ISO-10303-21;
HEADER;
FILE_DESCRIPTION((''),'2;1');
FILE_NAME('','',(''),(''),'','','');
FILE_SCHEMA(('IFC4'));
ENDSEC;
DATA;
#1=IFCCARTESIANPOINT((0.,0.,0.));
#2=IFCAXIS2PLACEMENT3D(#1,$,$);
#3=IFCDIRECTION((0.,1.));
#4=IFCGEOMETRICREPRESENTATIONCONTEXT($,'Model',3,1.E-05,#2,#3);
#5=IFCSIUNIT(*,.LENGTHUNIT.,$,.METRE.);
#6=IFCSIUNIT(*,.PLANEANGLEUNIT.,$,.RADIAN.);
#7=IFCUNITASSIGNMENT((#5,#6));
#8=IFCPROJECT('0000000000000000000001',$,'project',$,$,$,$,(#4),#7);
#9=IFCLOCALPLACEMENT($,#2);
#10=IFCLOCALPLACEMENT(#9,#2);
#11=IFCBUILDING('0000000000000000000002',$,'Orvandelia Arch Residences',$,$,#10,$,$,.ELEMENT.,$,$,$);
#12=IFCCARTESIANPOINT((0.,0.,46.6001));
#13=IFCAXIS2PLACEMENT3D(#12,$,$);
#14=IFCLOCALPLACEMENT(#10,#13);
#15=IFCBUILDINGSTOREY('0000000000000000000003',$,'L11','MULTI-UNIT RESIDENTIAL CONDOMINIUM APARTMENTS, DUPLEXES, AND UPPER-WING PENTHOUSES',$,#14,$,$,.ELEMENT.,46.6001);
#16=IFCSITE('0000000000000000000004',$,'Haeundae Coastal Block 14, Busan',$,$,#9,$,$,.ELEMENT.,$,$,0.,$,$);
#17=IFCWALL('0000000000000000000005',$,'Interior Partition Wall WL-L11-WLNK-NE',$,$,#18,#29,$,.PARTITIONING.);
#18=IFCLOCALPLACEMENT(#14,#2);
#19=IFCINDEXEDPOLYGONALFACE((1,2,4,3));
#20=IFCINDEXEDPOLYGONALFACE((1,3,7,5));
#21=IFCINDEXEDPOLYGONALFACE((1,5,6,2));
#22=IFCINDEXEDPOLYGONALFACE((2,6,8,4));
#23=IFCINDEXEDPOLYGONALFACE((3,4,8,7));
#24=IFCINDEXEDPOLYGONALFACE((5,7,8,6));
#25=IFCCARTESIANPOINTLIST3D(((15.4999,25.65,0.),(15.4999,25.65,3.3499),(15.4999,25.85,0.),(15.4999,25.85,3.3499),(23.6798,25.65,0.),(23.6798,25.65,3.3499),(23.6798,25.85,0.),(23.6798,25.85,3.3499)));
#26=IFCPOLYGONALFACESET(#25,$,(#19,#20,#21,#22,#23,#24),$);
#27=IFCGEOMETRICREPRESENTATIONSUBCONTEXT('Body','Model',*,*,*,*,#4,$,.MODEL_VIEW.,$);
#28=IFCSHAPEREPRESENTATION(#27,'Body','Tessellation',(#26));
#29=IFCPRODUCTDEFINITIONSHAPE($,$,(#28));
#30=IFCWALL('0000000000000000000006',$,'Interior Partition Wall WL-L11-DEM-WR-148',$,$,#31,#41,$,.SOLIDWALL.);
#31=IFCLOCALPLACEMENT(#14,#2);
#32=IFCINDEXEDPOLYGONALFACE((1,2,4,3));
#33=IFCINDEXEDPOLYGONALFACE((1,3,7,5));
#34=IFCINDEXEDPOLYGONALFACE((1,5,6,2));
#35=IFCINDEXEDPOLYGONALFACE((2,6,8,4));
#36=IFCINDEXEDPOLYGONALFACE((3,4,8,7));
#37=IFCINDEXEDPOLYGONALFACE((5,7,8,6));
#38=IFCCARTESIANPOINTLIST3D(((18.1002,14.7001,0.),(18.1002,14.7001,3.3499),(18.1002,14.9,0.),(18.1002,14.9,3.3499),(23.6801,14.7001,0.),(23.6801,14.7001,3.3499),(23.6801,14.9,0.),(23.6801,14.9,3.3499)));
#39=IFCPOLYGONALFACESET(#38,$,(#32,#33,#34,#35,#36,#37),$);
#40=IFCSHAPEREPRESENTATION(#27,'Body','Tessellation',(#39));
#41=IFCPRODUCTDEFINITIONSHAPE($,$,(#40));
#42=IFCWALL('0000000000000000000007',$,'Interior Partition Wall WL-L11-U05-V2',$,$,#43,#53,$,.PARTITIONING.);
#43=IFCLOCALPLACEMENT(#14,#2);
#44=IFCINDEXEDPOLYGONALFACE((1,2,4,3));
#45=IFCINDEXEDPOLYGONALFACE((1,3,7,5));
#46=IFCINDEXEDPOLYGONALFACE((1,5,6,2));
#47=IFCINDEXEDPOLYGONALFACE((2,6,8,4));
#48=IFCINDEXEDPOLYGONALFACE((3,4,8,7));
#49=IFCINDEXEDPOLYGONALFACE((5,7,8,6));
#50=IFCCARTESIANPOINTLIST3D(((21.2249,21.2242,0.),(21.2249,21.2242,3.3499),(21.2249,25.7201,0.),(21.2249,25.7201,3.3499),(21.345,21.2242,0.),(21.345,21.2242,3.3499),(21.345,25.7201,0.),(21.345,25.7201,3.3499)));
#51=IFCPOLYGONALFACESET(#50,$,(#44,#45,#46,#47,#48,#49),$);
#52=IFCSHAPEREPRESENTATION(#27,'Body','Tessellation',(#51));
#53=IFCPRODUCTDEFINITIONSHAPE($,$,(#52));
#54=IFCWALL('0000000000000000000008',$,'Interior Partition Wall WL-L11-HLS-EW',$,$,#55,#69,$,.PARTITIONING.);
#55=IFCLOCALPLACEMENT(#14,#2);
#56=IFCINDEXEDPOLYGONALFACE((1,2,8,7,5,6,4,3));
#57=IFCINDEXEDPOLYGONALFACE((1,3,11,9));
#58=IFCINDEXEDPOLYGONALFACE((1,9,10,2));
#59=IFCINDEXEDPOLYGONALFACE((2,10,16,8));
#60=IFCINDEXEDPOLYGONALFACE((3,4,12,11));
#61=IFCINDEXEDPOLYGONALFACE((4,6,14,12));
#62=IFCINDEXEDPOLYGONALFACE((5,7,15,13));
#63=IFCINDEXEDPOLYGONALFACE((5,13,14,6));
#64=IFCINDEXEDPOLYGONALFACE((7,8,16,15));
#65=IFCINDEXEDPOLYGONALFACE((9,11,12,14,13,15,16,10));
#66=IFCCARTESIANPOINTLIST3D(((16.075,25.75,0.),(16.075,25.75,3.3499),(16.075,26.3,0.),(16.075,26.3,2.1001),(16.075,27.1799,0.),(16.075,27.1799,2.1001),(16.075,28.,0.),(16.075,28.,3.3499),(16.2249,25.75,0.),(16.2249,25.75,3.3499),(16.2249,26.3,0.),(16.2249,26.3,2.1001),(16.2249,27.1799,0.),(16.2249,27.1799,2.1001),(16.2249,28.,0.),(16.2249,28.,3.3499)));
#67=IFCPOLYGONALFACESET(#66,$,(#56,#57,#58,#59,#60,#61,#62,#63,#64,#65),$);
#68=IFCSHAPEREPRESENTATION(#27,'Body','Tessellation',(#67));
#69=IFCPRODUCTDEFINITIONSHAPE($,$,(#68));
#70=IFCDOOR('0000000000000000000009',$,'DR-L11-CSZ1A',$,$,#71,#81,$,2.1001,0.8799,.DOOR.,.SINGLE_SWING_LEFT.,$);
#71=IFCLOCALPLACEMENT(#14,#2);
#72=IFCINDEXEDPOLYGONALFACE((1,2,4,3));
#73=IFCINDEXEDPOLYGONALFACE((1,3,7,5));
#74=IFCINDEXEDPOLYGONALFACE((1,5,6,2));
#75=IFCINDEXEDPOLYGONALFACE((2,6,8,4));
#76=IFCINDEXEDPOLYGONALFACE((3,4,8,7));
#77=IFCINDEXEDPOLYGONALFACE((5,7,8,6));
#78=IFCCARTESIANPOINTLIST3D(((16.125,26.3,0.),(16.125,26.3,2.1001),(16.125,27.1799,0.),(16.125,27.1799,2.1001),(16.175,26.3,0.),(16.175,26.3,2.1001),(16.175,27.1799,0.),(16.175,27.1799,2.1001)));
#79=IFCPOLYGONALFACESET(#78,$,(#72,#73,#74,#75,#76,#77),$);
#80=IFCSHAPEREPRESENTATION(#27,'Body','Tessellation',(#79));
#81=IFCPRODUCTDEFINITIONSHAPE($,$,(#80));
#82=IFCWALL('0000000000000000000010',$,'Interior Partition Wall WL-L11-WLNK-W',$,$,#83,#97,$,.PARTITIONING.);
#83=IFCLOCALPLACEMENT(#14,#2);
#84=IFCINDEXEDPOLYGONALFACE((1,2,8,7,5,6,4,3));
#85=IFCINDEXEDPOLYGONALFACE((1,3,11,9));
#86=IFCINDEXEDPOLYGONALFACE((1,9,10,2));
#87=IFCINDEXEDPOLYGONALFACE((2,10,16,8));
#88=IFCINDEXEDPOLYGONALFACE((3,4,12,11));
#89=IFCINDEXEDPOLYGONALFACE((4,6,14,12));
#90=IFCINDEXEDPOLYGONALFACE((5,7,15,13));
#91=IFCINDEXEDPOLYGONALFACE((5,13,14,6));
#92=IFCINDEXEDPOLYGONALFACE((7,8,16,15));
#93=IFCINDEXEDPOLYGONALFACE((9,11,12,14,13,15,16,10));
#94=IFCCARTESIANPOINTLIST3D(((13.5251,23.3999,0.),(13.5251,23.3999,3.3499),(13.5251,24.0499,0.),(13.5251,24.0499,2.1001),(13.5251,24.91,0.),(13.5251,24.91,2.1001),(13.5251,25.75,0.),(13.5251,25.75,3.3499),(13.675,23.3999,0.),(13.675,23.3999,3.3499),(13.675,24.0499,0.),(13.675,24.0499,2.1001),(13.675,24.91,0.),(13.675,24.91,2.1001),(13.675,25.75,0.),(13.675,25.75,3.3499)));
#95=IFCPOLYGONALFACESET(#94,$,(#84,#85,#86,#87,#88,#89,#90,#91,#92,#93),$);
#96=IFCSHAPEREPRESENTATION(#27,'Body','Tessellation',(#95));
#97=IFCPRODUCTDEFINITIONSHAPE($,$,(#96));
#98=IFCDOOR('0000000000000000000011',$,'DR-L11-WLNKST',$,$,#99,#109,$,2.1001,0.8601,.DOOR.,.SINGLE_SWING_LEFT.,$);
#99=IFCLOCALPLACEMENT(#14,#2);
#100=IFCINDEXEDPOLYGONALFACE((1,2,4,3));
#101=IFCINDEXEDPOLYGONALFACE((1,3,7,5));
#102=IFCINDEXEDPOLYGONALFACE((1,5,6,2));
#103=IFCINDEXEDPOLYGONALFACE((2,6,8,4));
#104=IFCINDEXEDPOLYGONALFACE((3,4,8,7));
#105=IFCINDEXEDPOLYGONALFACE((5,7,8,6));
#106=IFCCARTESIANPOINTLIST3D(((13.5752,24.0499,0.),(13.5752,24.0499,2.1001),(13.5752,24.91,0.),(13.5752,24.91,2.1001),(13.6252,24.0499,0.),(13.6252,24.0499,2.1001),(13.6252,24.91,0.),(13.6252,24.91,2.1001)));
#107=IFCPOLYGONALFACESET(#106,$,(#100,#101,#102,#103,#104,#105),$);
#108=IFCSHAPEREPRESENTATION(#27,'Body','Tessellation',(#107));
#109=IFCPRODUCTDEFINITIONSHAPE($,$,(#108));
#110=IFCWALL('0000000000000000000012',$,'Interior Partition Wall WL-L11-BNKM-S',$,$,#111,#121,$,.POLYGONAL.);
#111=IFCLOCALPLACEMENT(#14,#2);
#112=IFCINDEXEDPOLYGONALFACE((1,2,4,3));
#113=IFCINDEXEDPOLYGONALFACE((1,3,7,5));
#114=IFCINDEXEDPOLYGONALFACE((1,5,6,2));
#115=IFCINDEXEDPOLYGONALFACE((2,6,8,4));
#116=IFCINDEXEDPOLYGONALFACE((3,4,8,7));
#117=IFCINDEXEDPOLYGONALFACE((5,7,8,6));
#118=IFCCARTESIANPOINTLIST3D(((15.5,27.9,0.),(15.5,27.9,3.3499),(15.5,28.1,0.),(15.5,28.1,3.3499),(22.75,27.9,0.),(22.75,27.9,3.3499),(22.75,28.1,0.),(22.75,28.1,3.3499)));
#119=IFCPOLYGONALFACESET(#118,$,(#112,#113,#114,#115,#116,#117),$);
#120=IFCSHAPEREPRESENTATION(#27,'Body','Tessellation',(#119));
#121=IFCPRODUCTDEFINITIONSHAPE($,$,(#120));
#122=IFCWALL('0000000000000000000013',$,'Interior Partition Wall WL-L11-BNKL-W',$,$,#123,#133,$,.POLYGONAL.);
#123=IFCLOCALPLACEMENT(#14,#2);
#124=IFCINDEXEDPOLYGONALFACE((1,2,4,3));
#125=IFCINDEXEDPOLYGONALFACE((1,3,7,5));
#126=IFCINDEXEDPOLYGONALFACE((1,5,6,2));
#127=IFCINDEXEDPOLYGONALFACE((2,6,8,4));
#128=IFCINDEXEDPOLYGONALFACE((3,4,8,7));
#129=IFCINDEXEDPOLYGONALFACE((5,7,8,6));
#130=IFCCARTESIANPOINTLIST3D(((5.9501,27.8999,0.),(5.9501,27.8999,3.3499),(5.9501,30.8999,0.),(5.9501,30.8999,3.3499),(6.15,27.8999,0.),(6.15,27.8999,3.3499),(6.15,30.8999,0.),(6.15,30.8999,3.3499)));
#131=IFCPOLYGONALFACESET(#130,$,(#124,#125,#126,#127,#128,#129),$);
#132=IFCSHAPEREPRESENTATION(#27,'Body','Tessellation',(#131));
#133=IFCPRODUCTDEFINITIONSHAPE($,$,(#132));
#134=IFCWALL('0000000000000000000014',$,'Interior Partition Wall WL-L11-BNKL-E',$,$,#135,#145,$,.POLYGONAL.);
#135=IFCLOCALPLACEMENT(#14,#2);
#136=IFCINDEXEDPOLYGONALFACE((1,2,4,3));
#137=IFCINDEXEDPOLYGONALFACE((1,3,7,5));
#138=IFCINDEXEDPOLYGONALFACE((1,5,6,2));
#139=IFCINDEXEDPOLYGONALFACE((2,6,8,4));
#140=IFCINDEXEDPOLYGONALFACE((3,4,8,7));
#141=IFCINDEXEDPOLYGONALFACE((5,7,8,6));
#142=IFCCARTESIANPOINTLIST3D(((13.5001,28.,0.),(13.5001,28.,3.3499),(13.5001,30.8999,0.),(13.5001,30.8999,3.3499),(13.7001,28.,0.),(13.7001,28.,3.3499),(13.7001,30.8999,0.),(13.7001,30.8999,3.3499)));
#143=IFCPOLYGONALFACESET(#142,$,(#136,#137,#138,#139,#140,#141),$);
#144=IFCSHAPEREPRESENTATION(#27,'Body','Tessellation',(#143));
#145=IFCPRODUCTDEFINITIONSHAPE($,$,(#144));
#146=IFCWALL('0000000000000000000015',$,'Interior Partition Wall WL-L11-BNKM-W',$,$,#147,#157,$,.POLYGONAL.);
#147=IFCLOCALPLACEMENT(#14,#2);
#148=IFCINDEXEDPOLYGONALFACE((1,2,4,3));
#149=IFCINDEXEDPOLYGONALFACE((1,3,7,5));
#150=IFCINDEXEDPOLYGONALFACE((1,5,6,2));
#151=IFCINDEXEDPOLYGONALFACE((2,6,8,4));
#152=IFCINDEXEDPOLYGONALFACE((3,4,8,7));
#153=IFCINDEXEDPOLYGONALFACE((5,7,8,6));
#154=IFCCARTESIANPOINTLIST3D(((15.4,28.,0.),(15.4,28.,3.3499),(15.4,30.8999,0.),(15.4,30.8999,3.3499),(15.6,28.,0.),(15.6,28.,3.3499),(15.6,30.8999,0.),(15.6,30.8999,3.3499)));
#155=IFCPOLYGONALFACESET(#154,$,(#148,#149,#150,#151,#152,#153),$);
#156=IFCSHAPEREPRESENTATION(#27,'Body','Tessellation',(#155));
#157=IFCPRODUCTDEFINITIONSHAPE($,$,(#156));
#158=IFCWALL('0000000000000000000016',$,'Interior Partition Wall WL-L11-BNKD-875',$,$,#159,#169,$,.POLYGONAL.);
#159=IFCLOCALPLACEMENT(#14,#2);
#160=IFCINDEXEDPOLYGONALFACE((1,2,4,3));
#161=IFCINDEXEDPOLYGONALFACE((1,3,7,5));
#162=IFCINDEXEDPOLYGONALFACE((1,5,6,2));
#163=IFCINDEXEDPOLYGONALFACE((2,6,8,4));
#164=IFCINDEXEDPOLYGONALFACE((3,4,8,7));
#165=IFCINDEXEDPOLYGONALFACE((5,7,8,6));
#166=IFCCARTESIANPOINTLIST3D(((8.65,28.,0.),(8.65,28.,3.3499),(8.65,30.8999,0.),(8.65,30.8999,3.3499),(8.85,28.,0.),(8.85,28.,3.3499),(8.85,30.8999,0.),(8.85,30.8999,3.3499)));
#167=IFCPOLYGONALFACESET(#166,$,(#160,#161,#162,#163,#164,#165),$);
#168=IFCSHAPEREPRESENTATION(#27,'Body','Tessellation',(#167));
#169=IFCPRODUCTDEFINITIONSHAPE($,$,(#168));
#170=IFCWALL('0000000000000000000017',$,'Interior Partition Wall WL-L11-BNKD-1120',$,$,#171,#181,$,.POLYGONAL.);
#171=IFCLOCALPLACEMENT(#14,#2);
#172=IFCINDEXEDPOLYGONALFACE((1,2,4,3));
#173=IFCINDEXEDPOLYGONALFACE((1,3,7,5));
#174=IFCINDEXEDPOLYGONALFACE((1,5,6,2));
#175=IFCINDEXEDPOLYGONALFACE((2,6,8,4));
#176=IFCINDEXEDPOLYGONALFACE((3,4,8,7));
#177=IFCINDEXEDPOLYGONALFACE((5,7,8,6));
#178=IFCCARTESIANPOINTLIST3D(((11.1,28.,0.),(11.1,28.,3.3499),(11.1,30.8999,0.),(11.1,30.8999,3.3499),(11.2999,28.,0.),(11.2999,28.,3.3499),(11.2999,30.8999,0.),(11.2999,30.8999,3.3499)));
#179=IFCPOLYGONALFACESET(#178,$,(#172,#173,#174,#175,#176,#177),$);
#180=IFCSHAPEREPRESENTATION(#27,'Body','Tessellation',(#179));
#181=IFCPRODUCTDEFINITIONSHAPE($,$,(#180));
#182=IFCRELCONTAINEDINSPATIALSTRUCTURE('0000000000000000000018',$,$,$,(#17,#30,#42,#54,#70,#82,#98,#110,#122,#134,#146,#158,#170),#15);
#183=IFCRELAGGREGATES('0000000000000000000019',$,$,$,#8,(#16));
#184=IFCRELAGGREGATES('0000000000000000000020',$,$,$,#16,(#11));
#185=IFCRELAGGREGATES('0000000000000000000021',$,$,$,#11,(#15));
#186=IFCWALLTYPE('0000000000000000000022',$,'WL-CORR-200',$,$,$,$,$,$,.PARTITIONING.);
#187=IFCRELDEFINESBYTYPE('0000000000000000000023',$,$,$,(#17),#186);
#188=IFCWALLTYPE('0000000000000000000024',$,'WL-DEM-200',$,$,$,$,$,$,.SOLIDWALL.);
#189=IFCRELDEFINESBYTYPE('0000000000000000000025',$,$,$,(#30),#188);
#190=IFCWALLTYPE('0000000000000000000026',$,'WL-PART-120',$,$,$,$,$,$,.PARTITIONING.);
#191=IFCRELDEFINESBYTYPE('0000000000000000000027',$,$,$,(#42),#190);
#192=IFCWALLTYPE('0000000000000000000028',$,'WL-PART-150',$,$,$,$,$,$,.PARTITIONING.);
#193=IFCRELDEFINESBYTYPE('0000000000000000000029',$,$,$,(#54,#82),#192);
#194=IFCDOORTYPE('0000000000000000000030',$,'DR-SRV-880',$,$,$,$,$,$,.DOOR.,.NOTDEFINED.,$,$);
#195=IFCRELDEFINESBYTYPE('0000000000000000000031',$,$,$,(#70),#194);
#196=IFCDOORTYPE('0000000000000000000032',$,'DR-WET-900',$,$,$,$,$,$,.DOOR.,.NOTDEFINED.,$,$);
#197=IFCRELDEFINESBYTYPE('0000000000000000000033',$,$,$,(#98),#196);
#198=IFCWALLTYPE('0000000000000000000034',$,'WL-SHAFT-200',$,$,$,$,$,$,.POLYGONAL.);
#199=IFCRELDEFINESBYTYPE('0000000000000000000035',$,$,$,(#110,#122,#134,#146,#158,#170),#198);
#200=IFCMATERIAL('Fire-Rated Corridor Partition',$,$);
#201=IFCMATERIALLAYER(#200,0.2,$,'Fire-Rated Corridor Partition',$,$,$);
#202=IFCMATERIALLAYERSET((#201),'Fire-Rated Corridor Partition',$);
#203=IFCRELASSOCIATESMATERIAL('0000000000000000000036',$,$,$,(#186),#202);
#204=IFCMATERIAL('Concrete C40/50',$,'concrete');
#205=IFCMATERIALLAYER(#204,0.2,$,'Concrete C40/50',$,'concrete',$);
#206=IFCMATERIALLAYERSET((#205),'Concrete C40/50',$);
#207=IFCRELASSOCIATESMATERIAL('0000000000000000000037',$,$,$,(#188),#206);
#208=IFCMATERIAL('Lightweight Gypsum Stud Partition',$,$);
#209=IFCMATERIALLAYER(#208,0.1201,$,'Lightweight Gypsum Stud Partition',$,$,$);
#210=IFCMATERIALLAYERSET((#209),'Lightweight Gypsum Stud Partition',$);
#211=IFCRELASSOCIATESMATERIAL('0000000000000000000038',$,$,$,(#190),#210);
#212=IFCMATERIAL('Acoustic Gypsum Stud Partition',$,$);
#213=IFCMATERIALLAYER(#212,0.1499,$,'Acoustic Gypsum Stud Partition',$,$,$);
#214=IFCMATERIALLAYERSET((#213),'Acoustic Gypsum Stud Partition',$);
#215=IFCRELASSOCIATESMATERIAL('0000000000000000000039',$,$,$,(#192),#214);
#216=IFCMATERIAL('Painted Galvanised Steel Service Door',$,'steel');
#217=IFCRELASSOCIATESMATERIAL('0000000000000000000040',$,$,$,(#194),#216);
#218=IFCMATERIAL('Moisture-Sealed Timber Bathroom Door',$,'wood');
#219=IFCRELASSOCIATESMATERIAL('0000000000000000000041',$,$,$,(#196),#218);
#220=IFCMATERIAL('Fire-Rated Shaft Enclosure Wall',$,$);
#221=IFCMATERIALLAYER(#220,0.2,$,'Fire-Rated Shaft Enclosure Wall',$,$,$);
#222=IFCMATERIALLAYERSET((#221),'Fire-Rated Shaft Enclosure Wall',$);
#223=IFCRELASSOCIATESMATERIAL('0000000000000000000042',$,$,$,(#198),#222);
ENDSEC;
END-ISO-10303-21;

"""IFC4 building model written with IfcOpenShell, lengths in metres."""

from ifc_helpers import new_model, si_unit, direction, frame, frame_2d, origin, place, context, subcontext, project, spatial, rectangle, extrude, material, layer, layer_set, type_object, element, fill, save


model = new_model("IFC4")

# Units and contexts
model_context = context("Model", 3, precision=1e-05, world=origin(), true_north=direction((0.0, 1.0)))
body_context = subcontext(model_context, "Body", "Model", "MODEL_VIEW")
ifc_project = project(units=[si_unit("LENGTHUNIT", "METRE"), si_unit("PLANEANGLEUNIT", "RADIAN")], contexts=[model_context])

# Site, building, storey
site_placement = place(None, origin())
site = spatial("IfcSite", under=ifc_project, at=site_placement, Name="Haeundae Coastal Block 14, Busan", CompositionType="ELEMENT", RefElevation=0.0)
building_placement = place(site_placement, origin())
building = spatial("IfcBuilding", under=site, at=building_placement, Name="Orvandelia Arch Residences", CompositionType="ELEMENT")
storey_placement = place(building_placement, frame((0.0, 0.0, 46.6001)))
storey = spatial("IfcBuildingStorey", under=building, at=storey_placement, Name="L11", Description="MULTI-UNIT RESIDENTIAL CONDOMINIUM APARTMENTS, DUPLEXES, AND UPPER-WING PENTHOUSES", CompositionType="ELEMENT", Elevation=46.6001)

# Walls
ifc_material_1 = material(Name="Fire-Rated Corridor Partition")
ifc_layer_1 = layer(ifc_material_1, 0.2, Name="Fire-Rated Corridor Partition")
ifc_layer_set_1 = layer_set([ifc_layer_1], Name="Fire-Rated Corridor Partition")
wall_type_1 = type_object("IfcWallType", Name="WL-CORR-200", PredefinedType="PARTITIONING", material=ifc_layer_set_1)
wall_1_placement = place(storey_placement, frame((15.5, 25.75, 0.0), z_axis=(0.0, 0.0, 1.0), x_axis=(1.0, 0.0, 0.0)))
element("IfcWall", 1, at=wall_1_placement, inside=storey, type_object=wall_type_1, Name="Interior Partition Wall WL-L11-WLNK-NE", PredefinedType="PARTITIONING", context=body_context, shape_type="SweptSolid", body=[
    extrude(rectangle(XDim=8.1799, YDim=0.2, at=frame_2d((4.0898, 0.0))), origin(), (0.0, 0.0, 1.0), 3.3499),
])
ifc_material_2 = material(Name="Concrete C40/50", Category="concrete")
ifc_layer_2 = layer(ifc_material_2, 0.2, Name="Concrete C40/50", Category="concrete")
ifc_layer_set_2 = layer_set([ifc_layer_2], Name="Concrete C40/50")
wall_type_2 = type_object("IfcWallType", Name="WL-DEM-200", PredefinedType="SOLIDWALL", material=ifc_layer_set_2)
wall_2_placement = place(storey_placement, frame((18.1001, 14.8, 0.0), z_axis=(0.0, 0.0, 1.0), x_axis=(1.0, 0.0, 0.0)))
element("IfcWall", 2, at=wall_2_placement, inside=storey, type_object=wall_type_2, Name="Interior Partition Wall WL-L11-DEM-WR-148", PredefinedType="SOLIDWALL", context=body_context, shape_type="SweptSolid", body=[
    extrude(rectangle(XDim=5.5798, YDim=0.2, at=frame_2d((2.79, 0.0))), origin(), (0.0, 0.0, 1.0), 3.3499),
])
ifc_material_3 = material(Name="Lightweight Gypsum Stud Partition")
ifc_layer_3 = layer(ifc_material_3, 0.1201, Name="Lightweight Gypsum Stud Partition")
ifc_layer_set_3 = layer_set([ifc_layer_3], Name="Lightweight Gypsum Stud Partition")
wall_type_3 = type_object("IfcWallType", Name="WL-PART-120", PredefinedType="PARTITIONING", material=ifc_layer_set_3)
wall_3_placement = place(storey_placement, frame((21.2849, 21.2241, 0.0), z_axis=(0.0, 0.0, 1.0), x_axis=(0.0, 1.0, 0.0)))
element("IfcWall", 3, at=wall_3_placement, inside=storey, type_object=wall_type_3, Name="Interior Partition Wall WL-L11-U05-V2", PredefinedType="PARTITIONING", context=body_context, shape_type="SweptSolid", body=[
    extrude(rectangle(XDim=4.4958, YDim=0.1201, at=frame_2d((2.248, 0.0))), origin(), (0.0, 0.0, 1.0), 3.3499),
])

# Walls, openings, doors
ifc_material_4 = material(Name="Acoustic Gypsum Stud Partition")
ifc_layer_4 = layer(ifc_material_4, 0.1499, Name="Acoustic Gypsum Stud Partition")
ifc_layer_set_4 = layer_set([ifc_layer_4], Name="Acoustic Gypsum Stud Partition")
wall_type_4 = type_object("IfcWallType", Name="WL-PART-150", PredefinedType="PARTITIONING", material=ifc_layer_set_4)
wall_4_placement = place(storey_placement, frame((16.1499, 25.75, 0.0), z_axis=(0.0, 0.0, 1.0), x_axis=(0.0, 1.0, 0.0)))
wall_4 = element("IfcWall", 4, at=wall_4_placement, inside=storey, type_object=wall_type_4, Name="Interior Partition Wall WL-L11-HLS-EW", PredefinedType="PARTITIONING", context=body_context, shape_type="SweptSolid", body=[
    extrude(rectangle(XDim=2.25, YDim=0.1499, at=frame_2d((1.125, 0.0))), origin(), (0.0, 0.0, 1.0), 3.3499),
])
opening_1_placement = place(wall_4_placement, frame((0.55, 0.0, 0.0)))
opening_1 = element("IfcOpeningElement", 5, at=opening_1_placement, cuts=wall_4, PredefinedType="OPENING", context=body_context, shape_type="SweptSolid", body=[
    extrude(rectangle(XDim=0.8799, YDim=2.1001, at=frame_2d((0.4399, 1.05))), frame((0.0, 0.085, 0.0), z_axis=(0.0, -1.0, 0.0), x_axis=(1.0, 0.0, 0.0)), (0.0, 0.0, 1.0), 0.1699),
])
ifc_material_5 = material(Name="Painted Galvanised Steel Service Door", Category="steel")
door_type_1 = type_object("IfcDoorType", Name="DR-SRV-880", OperationType="NOTDEFINED", PredefinedType="DOOR", material=ifc_material_5)
door_1_placement = place(opening_1_placement, origin())
door_1 = element("IfcDoor", 6, at=door_1_placement, inside=storey, type_object=door_type_1, Name="DR-L11-CSZ1A", OperationType="SINGLE_SWING_LEFT", OverallHeight=2.1001, OverallWidth=0.8799, PredefinedType="DOOR", context=body_context, shape_type="SweptSolid", body=[
    extrude(rectangle(XDim=0.8799, YDim=2.1001, at=frame_2d((0.4399, 1.05))), frame((0.0, 0.0249, 0.0), z_axis=(0.0, -1.0, 0.0), x_axis=(1.0, 0.0, 0.0)), (0.0, 0.0, 1.0), 0.05),
])
fill(opening_1, door_1)
wall_5_placement = place(storey_placement, frame((13.6001, 23.3999, 0.0), z_axis=(0.0, 0.0, 1.0), x_axis=(0.0, 1.0, 0.0)))
wall_5 = element("IfcWall", 7, at=wall_5_placement, inside=storey, type_object=wall_type_4, Name="Interior Partition Wall WL-L11-WLNK-W", PredefinedType="PARTITIONING", context=body_context, shape_type="SweptSolid", body=[
    extrude(rectangle(XDim=2.3501, YDim=0.1499, at=frame_2d((1.175, 0.0))), origin(), (0.0, 0.0, 1.0), 3.3499),
])
opening_2_placement = place(wall_5_placement, frame((0.6499, 0.0, 0.0)))
opening_2 = element("IfcOpeningElement", 8, at=opening_2_placement, cuts=wall_5, PredefinedType="OPENING", context=body_context, shape_type="SweptSolid", body=[
    extrude(rectangle(XDim=0.8601, YDim=2.1001, at=frame_2d((0.4302, 1.05))), frame((0.0, 0.085, 0.0), z_axis=(0.0, -1.0, 0.0), x_axis=(1.0, 0.0, 0.0)), (0.0, 0.0, 1.0), 0.1699),
])
ifc_material_6 = material(Name="Moisture-Sealed Timber Bathroom Door", Category="wood")
door_type_2 = type_object("IfcDoorType", Name="DR-WET-900", OperationType="NOTDEFINED", PredefinedType="DOOR", material=ifc_material_6)
door_2_placement = place(opening_2_placement, origin())
door_2 = element("IfcDoor", 9, at=door_2_placement, inside=storey, type_object=door_type_2, Name="DR-L11-WLNKST", OperationType="SINGLE_SWING_LEFT", OverallHeight=2.1001, OverallWidth=0.8601, PredefinedType="DOOR", context=body_context, shape_type="SweptSolid", body=[
    extrude(rectangle(XDim=0.8601, YDim=2.1001, at=frame_2d((0.4302, 1.05))), frame((0.0, 0.0249, 0.0), z_axis=(0.0, -1.0, 0.0), x_axis=(1.0, 0.0, 0.0)), (0.0, 0.0, 1.0), 0.05),
])
fill(opening_2, door_2)

# Shared definitions
ifc_material_7 = material(Name="Fire-Rated Shaft Enclosure Wall")
ifc_layer_5 = layer(ifc_material_7, 0.2, Name="Fire-Rated Shaft Enclosure Wall")
ifc_layer_set_5 = layer_set([ifc_layer_5], Name="Fire-Rated Shaft Enclosure Wall")
wall_type_5 = type_object("IfcWallType", Name="WL-SHAFT-200", PredefinedType="POLYGONAL", material=ifc_layer_set_5)

# Walls
wall_6_placement = place(storey_placement, frame((15.5, 28.0, 0.0), z_axis=(0.0, 0.0, 1.0), x_axis=(1.0, 0.0, 0.0)))
element("IfcWall", 10, at=wall_6_placement, inside=storey, type_object=wall_type_5, Name="Interior Partition Wall WL-L11-BNKM-S", PredefinedType="POLYGONAL", context=body_context, shape_type="SweptSolid", body=[
    extrude(rectangle(XDim=7.25, YDim=0.2, at=frame_2d((3.625, 0.0))), origin(), (0.0, 0.0, 1.0), 3.3499),
])
wall_7_placement = place(storey_placement, frame((6.05, 27.8999, 0.0), z_axis=(0.0, 0.0, 1.0), x_axis=(0.0, 1.0, 0.0)))
element("IfcWall", 11, at=wall_7_placement, inside=storey, type_object=wall_type_5, Name="Interior Partition Wall WL-L11-BNKL-W", PredefinedType="POLYGONAL", context=body_context, shape_type="SweptSolid", body=[
    extrude(rectangle(XDim=3.0, YDim=0.2, at=frame_2d((1.5, 0.0))), origin(), (0.0, 0.0, 1.0), 3.3499),
])
for number, where, z_axis, x_axis, name in (
    (12, (13.6001, 28.0, 0.0), (0.0, 0.0, 1.0), (0.0, 1.0, 0.0), "Interior Partition Wall WL-L11-BNKL-E"),
    (13, (15.5, 28.0, 0.0), (0.0, 0.0, 1.0), (0.0, 1.0, 0.0), "Interior Partition Wall WL-L11-BNKM-W"),
    (14, (8.75, 28.0, 0.0), (0.0, 0.0, 1.0), (0.0, 1.0, 0.0), "Interior Partition Wall WL-L11-BNKD-875"),
    (15, (11.2, 28.0, 0.0), (0.0, 0.0, 1.0), (0.0, 1.0, 0.0), "Interior Partition Wall WL-L11-BNKD-1120"),
):
    element("IfcWall", number, at=place(storey_placement, frame(where, z_axis=z_axis, x_axis=x_axis)), inside=storey, type_object=wall_type_5, Name=name, PredefinedType="POLYGONAL", context=body_context, shape_type="SweptSolid", body=[
        extrude(rectangle(XDim=2.8999, YDim=0.2, at=frame_2d((1.45, 0.0))), origin(), (0.0, 0.0, 1.0), 3.3499),
    ])

save(model, "model.ifc")
